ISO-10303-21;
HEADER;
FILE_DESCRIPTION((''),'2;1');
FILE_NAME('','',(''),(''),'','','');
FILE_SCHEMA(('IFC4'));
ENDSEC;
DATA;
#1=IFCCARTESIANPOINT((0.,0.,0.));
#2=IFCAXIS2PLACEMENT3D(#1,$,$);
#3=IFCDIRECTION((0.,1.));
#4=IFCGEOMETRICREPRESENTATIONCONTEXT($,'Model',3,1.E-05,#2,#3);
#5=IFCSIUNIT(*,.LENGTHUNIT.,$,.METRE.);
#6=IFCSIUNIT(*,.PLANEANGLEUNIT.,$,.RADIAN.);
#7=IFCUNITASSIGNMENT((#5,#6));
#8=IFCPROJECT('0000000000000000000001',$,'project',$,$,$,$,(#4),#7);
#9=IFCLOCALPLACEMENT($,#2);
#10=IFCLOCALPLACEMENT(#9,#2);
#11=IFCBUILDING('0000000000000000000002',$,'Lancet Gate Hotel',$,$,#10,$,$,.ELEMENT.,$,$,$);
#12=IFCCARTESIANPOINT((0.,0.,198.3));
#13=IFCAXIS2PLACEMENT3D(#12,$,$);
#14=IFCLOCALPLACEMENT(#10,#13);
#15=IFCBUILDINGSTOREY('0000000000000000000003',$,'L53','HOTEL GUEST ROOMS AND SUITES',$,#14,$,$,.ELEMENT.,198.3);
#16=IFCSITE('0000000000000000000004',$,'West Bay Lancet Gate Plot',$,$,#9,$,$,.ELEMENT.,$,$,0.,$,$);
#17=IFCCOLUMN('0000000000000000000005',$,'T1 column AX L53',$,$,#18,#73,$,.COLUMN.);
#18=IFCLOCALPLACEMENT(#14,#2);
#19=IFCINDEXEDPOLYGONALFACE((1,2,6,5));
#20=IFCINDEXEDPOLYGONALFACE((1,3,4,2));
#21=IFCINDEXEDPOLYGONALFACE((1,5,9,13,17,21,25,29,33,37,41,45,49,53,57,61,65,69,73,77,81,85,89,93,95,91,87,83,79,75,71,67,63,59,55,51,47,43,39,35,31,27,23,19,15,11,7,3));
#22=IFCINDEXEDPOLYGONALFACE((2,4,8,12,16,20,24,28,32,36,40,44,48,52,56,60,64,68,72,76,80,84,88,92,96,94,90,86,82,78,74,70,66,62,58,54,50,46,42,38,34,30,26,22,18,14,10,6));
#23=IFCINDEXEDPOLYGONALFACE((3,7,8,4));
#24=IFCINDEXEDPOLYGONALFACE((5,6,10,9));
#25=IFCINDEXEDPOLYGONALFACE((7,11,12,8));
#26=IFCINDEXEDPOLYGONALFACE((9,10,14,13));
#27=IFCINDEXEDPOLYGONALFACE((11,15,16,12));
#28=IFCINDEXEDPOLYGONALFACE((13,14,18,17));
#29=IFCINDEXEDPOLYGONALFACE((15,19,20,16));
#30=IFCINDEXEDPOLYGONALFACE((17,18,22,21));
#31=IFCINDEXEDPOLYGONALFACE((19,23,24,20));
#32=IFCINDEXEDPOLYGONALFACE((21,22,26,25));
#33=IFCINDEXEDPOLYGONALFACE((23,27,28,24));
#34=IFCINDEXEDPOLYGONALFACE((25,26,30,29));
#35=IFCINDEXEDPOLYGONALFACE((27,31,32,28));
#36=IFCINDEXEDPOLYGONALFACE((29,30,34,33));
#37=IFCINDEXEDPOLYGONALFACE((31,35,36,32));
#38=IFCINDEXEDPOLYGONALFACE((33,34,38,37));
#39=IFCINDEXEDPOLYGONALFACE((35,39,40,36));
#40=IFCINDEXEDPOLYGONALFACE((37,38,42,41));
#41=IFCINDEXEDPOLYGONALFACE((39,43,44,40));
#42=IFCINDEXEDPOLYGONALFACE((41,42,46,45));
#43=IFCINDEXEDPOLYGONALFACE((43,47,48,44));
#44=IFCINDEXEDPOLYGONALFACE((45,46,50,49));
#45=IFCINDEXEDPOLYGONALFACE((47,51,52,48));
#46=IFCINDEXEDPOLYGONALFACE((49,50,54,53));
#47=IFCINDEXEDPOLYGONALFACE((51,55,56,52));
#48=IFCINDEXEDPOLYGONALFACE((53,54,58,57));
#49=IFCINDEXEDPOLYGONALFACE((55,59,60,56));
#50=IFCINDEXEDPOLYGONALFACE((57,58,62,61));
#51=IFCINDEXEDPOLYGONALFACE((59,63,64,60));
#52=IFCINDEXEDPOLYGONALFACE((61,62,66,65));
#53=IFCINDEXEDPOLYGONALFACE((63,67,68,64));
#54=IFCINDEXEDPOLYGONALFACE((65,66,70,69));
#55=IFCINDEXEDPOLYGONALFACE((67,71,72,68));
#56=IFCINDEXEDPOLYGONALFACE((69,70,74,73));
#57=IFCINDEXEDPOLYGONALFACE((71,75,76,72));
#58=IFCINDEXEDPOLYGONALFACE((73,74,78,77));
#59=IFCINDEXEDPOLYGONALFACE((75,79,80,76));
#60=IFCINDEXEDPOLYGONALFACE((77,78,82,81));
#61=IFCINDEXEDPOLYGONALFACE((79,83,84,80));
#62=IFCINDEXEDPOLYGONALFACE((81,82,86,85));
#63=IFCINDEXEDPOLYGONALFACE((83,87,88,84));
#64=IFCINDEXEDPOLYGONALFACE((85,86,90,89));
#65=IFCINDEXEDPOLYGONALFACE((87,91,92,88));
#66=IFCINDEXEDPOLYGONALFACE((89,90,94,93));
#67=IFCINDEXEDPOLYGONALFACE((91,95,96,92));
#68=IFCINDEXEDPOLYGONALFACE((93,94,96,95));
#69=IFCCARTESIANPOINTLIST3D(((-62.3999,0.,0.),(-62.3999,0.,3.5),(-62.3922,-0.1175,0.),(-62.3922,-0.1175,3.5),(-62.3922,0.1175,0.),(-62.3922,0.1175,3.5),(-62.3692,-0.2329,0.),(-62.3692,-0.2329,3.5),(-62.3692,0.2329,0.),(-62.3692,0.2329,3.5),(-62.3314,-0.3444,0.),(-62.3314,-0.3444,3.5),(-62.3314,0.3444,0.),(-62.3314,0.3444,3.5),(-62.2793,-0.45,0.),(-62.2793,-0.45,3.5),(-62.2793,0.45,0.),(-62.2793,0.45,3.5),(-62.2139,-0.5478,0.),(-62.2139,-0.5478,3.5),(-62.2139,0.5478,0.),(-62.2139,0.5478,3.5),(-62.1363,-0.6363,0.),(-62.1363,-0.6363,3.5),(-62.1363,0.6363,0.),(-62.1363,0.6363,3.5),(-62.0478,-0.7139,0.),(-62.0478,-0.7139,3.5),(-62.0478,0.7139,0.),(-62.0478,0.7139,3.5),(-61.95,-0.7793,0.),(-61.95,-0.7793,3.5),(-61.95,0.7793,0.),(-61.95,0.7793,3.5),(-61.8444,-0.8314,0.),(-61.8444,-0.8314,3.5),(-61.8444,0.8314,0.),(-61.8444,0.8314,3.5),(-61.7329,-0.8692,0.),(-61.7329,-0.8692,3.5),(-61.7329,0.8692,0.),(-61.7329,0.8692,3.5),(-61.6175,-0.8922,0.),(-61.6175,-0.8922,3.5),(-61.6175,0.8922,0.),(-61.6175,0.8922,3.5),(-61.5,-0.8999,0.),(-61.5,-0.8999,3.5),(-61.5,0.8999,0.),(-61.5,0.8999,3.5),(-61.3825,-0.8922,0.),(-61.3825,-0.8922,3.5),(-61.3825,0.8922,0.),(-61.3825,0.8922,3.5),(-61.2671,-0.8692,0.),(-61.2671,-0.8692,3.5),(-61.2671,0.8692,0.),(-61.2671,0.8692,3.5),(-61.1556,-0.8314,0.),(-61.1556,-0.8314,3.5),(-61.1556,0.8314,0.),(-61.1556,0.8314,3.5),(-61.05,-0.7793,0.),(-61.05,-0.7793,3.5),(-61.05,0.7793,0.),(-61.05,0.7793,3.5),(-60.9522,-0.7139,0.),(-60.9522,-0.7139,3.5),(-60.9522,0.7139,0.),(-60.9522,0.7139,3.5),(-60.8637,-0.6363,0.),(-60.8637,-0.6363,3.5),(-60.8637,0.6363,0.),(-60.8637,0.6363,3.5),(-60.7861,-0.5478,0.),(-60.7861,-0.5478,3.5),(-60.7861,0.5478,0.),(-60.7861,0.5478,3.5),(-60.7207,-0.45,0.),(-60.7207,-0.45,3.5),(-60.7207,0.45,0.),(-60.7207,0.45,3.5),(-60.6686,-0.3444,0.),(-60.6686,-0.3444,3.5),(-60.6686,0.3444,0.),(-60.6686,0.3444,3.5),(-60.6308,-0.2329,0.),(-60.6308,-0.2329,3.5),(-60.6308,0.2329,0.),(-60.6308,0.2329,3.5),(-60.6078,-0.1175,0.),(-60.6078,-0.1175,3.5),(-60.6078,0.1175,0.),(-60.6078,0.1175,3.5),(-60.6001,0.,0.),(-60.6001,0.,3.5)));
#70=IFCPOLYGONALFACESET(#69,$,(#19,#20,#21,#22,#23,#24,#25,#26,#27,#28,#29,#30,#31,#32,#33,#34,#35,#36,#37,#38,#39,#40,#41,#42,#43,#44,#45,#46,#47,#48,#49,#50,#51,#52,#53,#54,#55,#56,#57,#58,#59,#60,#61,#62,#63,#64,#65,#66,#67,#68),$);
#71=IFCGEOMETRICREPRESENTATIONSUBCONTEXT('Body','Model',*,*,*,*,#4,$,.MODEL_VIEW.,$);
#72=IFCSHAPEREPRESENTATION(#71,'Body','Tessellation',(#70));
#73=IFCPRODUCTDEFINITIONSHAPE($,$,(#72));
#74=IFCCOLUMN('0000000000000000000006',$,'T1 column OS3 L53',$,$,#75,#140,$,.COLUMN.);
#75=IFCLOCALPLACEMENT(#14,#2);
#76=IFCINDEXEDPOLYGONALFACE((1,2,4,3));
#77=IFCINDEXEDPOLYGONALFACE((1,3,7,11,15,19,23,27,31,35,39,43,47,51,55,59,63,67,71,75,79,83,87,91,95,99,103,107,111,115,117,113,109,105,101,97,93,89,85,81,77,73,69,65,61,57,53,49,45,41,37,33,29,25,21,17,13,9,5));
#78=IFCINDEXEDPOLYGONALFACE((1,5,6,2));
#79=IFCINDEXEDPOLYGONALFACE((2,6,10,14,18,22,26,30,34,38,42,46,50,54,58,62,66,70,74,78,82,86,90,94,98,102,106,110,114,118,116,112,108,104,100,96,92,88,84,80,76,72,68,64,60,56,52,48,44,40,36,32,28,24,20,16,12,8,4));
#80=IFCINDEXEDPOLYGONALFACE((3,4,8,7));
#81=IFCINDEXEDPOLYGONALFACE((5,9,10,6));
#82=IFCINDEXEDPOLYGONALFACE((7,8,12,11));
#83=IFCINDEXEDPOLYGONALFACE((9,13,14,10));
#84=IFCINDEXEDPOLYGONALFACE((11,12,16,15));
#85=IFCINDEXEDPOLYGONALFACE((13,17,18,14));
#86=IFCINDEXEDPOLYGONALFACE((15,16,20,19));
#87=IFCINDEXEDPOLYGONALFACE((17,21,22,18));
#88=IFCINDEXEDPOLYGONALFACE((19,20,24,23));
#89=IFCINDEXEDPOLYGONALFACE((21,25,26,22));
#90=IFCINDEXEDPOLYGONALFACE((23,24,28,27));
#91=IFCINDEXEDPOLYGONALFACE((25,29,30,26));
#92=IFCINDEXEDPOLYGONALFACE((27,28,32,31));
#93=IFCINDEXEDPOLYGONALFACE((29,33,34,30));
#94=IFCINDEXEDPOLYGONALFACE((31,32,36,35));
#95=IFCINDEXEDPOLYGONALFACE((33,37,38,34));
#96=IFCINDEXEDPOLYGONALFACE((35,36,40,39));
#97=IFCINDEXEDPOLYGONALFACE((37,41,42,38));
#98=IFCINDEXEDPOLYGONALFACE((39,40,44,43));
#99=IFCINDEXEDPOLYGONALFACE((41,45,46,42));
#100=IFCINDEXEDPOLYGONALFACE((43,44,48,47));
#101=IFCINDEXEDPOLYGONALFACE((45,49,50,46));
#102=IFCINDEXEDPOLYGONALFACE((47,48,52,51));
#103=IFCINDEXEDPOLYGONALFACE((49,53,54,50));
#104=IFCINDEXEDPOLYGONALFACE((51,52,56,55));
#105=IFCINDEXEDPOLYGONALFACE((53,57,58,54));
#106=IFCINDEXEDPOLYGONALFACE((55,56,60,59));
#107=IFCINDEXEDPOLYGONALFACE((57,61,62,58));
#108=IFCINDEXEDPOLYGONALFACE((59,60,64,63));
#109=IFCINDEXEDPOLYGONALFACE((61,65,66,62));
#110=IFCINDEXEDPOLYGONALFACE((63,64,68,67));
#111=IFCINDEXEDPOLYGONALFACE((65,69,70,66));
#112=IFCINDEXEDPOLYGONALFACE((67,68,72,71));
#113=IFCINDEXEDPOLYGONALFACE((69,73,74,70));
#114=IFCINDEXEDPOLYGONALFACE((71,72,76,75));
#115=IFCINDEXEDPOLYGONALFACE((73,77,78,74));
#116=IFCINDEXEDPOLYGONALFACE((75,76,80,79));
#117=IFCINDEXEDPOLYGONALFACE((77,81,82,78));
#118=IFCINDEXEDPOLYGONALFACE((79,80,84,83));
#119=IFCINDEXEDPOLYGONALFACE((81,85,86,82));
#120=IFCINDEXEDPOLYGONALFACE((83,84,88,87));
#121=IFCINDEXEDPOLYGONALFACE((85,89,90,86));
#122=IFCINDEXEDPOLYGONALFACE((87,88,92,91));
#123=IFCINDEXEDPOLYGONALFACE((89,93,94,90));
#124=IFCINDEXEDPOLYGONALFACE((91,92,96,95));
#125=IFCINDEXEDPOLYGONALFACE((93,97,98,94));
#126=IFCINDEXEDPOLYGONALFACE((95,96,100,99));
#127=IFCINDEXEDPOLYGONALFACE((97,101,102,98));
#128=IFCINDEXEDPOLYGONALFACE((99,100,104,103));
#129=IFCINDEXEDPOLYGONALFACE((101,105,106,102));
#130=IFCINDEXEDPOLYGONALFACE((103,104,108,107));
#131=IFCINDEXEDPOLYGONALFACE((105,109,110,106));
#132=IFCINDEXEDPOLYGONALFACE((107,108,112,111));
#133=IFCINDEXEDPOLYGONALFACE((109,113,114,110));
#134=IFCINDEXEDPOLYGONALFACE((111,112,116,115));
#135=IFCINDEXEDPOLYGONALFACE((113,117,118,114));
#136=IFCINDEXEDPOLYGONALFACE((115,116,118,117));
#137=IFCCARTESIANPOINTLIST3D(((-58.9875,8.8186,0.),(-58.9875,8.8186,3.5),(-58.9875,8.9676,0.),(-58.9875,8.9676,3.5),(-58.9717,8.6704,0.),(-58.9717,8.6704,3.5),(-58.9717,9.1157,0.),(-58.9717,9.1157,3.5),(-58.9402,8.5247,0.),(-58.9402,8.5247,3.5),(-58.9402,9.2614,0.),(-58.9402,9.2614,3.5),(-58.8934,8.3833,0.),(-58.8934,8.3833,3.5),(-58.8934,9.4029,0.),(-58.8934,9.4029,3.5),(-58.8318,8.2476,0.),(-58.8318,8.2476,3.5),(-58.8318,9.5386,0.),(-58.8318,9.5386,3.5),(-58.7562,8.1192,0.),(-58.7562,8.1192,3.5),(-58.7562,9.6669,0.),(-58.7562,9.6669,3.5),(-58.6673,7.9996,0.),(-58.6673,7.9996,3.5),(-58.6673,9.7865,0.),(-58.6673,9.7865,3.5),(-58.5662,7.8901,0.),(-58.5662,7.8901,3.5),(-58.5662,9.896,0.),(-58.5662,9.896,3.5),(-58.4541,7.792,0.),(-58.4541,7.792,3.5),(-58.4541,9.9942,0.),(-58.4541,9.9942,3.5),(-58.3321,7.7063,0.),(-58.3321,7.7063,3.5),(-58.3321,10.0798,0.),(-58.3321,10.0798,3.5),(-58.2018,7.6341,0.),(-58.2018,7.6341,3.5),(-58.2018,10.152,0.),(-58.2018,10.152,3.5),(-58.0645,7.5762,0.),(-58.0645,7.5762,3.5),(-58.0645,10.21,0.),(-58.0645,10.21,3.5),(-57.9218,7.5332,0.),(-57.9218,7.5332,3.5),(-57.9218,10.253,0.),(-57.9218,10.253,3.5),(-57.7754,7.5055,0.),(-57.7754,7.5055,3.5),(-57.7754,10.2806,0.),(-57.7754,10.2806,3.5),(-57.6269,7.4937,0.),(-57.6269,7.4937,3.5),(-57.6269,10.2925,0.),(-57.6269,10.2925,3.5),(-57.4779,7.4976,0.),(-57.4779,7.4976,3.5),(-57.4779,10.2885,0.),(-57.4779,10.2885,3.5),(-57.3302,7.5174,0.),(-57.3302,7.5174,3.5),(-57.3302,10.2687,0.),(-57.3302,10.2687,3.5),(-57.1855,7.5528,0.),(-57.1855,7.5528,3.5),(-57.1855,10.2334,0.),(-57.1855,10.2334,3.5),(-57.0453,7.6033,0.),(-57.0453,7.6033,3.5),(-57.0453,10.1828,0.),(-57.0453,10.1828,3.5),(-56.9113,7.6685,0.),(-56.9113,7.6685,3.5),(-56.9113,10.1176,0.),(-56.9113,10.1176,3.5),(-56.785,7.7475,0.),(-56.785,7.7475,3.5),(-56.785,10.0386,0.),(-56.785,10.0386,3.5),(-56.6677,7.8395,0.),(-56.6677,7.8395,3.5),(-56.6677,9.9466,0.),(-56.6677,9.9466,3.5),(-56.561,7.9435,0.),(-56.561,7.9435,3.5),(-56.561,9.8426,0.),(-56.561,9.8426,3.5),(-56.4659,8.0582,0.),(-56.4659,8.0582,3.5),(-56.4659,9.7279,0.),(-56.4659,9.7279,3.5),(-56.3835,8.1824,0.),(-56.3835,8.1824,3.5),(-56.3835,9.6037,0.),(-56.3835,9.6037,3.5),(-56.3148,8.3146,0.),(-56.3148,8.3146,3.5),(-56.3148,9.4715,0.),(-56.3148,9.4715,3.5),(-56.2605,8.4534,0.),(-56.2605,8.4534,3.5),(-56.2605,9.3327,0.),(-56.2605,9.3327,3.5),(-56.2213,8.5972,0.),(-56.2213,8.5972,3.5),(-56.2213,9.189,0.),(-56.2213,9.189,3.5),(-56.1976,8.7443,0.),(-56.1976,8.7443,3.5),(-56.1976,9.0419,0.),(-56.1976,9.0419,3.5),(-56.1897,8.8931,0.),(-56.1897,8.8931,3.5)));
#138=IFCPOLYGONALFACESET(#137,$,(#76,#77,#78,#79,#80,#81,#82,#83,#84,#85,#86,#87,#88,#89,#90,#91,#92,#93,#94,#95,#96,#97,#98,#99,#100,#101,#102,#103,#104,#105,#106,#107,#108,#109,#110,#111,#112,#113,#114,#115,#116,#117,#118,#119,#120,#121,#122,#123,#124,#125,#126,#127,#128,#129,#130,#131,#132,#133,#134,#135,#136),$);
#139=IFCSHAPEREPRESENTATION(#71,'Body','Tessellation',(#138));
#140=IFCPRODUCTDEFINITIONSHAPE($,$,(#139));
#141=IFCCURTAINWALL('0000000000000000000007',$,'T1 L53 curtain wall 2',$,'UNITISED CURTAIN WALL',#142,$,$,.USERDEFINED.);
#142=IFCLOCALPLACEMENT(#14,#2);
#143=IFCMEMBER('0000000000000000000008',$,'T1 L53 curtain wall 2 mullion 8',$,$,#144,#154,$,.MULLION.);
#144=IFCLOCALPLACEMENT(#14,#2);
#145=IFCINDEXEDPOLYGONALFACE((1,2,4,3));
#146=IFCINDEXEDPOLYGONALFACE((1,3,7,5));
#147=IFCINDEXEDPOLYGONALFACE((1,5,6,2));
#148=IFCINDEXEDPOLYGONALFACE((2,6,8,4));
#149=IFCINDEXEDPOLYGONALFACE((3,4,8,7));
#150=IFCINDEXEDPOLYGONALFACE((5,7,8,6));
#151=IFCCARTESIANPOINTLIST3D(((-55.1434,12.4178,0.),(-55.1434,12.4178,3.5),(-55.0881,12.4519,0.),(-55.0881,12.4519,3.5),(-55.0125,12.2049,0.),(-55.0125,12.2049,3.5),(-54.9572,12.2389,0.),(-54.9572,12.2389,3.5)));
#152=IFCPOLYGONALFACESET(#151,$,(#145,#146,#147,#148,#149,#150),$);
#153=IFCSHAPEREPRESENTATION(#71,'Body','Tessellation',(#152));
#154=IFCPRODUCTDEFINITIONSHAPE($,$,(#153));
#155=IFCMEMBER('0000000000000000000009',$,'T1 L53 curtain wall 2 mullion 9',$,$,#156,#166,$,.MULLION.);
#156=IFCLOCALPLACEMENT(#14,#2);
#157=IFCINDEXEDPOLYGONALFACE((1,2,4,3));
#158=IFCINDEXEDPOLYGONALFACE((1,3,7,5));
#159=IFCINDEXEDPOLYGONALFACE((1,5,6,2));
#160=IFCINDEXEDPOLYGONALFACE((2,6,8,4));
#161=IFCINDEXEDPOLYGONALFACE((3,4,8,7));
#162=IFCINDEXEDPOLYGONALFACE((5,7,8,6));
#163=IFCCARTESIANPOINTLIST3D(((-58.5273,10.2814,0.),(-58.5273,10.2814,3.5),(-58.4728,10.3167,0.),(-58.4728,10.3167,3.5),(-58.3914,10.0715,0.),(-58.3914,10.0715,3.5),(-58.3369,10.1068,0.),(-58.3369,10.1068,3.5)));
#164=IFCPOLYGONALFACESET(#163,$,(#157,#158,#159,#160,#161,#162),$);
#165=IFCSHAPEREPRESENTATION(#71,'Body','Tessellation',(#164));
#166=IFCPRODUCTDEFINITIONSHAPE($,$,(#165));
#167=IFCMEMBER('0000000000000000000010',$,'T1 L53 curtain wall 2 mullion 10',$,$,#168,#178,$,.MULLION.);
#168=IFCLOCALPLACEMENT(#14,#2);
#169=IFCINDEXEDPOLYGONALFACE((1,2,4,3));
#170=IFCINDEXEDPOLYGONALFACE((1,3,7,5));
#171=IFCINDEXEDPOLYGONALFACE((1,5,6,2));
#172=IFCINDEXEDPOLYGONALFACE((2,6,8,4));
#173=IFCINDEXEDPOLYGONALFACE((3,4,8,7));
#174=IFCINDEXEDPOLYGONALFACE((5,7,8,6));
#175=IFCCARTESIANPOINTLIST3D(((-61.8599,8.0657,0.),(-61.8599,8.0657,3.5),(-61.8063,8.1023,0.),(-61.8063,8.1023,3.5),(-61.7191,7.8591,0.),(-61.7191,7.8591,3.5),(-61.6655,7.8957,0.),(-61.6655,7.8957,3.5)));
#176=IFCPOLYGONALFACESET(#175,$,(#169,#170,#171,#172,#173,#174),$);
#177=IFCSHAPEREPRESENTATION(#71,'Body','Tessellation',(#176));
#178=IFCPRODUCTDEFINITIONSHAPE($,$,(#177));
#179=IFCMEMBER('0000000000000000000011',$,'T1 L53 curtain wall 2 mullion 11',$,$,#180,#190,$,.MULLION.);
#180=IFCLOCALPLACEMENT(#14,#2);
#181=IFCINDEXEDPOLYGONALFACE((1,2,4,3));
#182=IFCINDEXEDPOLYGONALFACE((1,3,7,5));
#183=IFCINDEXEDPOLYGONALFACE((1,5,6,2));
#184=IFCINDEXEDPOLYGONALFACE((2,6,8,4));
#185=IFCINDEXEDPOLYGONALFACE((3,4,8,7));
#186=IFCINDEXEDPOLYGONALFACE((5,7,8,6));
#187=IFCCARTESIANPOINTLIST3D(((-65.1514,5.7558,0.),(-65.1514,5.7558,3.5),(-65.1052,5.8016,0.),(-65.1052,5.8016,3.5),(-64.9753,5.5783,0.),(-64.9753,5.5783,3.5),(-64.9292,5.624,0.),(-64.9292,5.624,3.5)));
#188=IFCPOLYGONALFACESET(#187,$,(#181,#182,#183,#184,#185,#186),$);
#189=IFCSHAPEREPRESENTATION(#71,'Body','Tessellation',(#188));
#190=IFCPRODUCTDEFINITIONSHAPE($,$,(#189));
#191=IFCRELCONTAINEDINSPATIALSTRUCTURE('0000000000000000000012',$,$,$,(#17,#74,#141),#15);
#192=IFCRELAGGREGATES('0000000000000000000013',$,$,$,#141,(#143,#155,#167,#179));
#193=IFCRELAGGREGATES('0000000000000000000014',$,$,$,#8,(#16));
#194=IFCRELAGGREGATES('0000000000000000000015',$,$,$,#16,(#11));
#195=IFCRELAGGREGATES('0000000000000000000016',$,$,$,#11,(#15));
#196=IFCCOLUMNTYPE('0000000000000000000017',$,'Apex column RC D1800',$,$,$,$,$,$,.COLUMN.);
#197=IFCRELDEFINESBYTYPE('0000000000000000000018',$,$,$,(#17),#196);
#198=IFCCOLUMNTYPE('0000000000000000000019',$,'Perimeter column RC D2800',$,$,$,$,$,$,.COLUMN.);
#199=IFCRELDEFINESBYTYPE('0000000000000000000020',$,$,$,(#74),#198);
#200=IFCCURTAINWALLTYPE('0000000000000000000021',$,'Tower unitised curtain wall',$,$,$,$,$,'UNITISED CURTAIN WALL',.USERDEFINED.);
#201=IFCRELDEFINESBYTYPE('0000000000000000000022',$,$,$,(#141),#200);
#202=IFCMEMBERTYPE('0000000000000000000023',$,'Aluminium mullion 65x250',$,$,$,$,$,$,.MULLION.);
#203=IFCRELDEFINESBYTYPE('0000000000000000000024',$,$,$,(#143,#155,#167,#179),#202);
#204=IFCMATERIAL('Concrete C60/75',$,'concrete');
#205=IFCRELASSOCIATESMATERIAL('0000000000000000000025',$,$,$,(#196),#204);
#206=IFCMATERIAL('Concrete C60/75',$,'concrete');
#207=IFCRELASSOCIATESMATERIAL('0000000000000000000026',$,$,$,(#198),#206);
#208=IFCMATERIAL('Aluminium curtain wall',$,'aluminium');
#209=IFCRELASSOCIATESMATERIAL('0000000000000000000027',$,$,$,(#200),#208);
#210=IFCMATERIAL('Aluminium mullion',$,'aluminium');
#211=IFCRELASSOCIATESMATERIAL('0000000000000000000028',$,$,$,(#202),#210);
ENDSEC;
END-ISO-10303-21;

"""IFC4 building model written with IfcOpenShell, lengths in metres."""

from ifc_helpers import new_model, si_unit, direction, frame, origin, origin_2d, place, context, subcontext, project, spatial, rectangle, circle, extrude, material, material_profile, profile_set, type_object, element, aggregate, save


model = new_model("IFC4")

# Units and contexts
model_context = context("Model", 3, precision=1e-05, world=origin(), true_north=direction((0.0, 1.0)))
body_context = subcontext(model_context, "Body", "Model", "MODEL_VIEW")
ifc_project = project(units=[si_unit("LENGTHUNIT", "METRE"), si_unit("PLANEANGLEUNIT", "RADIAN")], contexts=[model_context])

# Site, building, storey
site_placement = place(None, origin())
site = spatial("IfcSite", under=ifc_project, at=site_placement, Name="West Bay Lancet Gate Plot", CompositionType="ELEMENT", RefElevation=0.0)
building_placement = place(site_placement, origin())
building = spatial("IfcBuilding", under=site, at=building_placement, Name="Lancet Gate Hotel", CompositionType="ELEMENT")
storey_placement = place(building_placement, frame((0.0, 0.0, 198.3)))
storey = spatial("IfcBuildingStorey", under=building, at=storey_placement, Name="L53", Description="HOTEL GUEST ROOMS AND SUITES", CompositionType="ELEMENT", Elevation=198.3)

# Columns
ifc_material_1 = material(Name="Concrete C60/75", Category="concrete")
ifc_material_profile_1 = material_profile(ifc_material_1, circle(Radius=0.8999, at=origin_2d()), Name="RC D1800")
ifc_profile_set_1 = profile_set([ifc_material_profile_1], Name="Concrete C60/75")
column_type_1 = type_object("IfcColumnType", Name="Apex column RC D1800", PredefinedType="COLUMN", material=ifc_profile_set_1)
column_1_placement = place(storey_placement, frame((-61.5, 0.0, 0.0), z_axis=(0.0, 0.0, 1.0), x_axis=(1.0, 0.0, 0.0)))
element("IfcColumn", 1, at=column_1_placement, inside=storey, type_object=column_type_1, Name="T1 column AX L53", PredefinedType="COLUMN", context=body_context, shape_type="SweptSolid", body=[
    extrude(circle(Radius=0.8999, at=origin_2d()), origin(), (0.0, 0.0, 1.0), 3.5),
])
ifc_material_2 = material(Name="Concrete C60/75", Category="concrete")
ifc_material_profile_2 = material_profile(ifc_material_2, circle(Radius=1.3999, at=origin_2d()), Name="RC D2800")
ifc_profile_set_2 = profile_set([ifc_material_profile_2], Name="Concrete C60/75")
column_type_2 = type_object("IfcColumnType", Name="Perimeter column RC D2800", PredefinedType="COLUMN", material=ifc_profile_set_2)
column_2_placement = place(storey_placement, frame((-57.5896, 8.8931, 0.0), z_axis=(0.0, 0.0, 1.0), x_axis=(1.0, 0.0, 0.0)))
element("IfcColumn", 2, at=column_2_placement, inside=storey, type_object=column_type_2, Name="T1 column OS3 L53", PredefinedType="COLUMN", context=body_context, shape_type="SweptSolid", body=[
    extrude(circle(Radius=1.3999, at=origin_2d()), origin(), (0.0, 0.0, 1.0), 3.5),
])

# Curtain wall, members
ifc_material_3 = material(Name="Aluminium curtain wall", Category="aluminium")
curtain_wall_type = type_object("IfcCurtainWallType", Name="Tower unitised curtain wall", ElementType="UNITISED CURTAIN WALL", PredefinedType="USERDEFINED", material=ifc_material_3)
curtain_wall_placement = place(storey_placement, origin())
curtain_wall = element("IfcCurtainWall", 3, at=curtain_wall_placement, inside=storey, type_object=curtain_wall_type, Name="T1 L53 curtain wall 2", ObjectType="UNITISED CURTAIN WALL", PredefinedType="USERDEFINED")
ifc_material_4 = material(Name="Aluminium mullion", Category="aluminium")
ifc_material_profile_3 = material_profile(ifc_material_4, rectangle(XDim=0.0649, YDim=0.25, at=origin_2d()), Name="MULLION 65x250")
ifc_profile_set_3 = profile_set([ifc_material_profile_3], Name="Aluminium mullion")
member_type_1 = type_object("IfcMemberType", Name="Aluminium mullion 65x250", PredefinedType="MULLION", material=ifc_profile_set_3)
member_1_placement = place(storey_placement, frame((-55.0503, 12.3284, 0.0), z_axis=(0.0, 0.0, 1.0), x_axis=(-0.851886, -0.523728, 0.0)))
member_1 = element("IfcMember", 4, at=member_1_placement, type_object=member_type_1, Name="T1 L53 curtain wall 2 mullion 8", PredefinedType="MULLION", context=body_context, shape_type="SweptSolid", body=[
    extrude(rectangle(XDim=0.0649, YDim=0.25, at=origin_2d()), origin(), (0.0, 0.0, 1.0), 3.5),
])
member_2_placement = place(storey_placement, frame((-58.4321, 10.1941, 0.0), z_axis=(0.0, 0.0, 1.0), x_axis=(-0.839331, -0.543621, 0.0)))
member_2 = element("IfcMember", 5, at=member_2_placement, type_object=member_type_1, Name="T1 L53 curtain wall 2 mullion 9", PredefinedType="MULLION", context=body_context, shape_type="SweptSolid", body=[
    extrude(rectangle(XDim=0.0649, YDim=0.25, at=origin_2d()), origin(), (0.0, 0.0, 1.0), 3.5),
])
member_3_placement = place(storey_placement, frame((-61.7627, 7.9807, 0.0), z_axis=(0.0, 0.0, 1.0), x_axis=(-0.826312, -0.563212, 0.0)))
member_3 = element("IfcMember", 6, at=member_3_placement, type_object=member_type_1, Name="T1 L53 curtain wall 2 mullion 10", PredefinedType="MULLION", context=body_context, shape_type="SweptSolid", body=[
    extrude(rectangle(XDim=0.0649, YDim=0.25, at=origin_2d()), origin(), (0.0, 0.0, 1.0), 3.5),
])
member_4_placement = place(storey_placement, frame((-65.0403, 5.6899, 0.0), z_axis=(0.0, 0.0, 1.0), x_axis=(-0.710113, -0.704088, 0.0)))
member_4 = element("IfcMember", 7, at=member_4_placement, type_object=member_type_1, Name="T1 L53 curtain wall 2 mullion 11", PredefinedType="MULLION", context=body_context, shape_type="SweptSolid", body=[
    extrude(rectangle(XDim=0.0649, YDim=0.25, at=origin_2d()), origin(), (0.0, 0.0, 1.0), 3.5),
])

aggregate(curtain_wall, [member_1, member_2, member_3, member_4])

save(model, "model.ifc")
